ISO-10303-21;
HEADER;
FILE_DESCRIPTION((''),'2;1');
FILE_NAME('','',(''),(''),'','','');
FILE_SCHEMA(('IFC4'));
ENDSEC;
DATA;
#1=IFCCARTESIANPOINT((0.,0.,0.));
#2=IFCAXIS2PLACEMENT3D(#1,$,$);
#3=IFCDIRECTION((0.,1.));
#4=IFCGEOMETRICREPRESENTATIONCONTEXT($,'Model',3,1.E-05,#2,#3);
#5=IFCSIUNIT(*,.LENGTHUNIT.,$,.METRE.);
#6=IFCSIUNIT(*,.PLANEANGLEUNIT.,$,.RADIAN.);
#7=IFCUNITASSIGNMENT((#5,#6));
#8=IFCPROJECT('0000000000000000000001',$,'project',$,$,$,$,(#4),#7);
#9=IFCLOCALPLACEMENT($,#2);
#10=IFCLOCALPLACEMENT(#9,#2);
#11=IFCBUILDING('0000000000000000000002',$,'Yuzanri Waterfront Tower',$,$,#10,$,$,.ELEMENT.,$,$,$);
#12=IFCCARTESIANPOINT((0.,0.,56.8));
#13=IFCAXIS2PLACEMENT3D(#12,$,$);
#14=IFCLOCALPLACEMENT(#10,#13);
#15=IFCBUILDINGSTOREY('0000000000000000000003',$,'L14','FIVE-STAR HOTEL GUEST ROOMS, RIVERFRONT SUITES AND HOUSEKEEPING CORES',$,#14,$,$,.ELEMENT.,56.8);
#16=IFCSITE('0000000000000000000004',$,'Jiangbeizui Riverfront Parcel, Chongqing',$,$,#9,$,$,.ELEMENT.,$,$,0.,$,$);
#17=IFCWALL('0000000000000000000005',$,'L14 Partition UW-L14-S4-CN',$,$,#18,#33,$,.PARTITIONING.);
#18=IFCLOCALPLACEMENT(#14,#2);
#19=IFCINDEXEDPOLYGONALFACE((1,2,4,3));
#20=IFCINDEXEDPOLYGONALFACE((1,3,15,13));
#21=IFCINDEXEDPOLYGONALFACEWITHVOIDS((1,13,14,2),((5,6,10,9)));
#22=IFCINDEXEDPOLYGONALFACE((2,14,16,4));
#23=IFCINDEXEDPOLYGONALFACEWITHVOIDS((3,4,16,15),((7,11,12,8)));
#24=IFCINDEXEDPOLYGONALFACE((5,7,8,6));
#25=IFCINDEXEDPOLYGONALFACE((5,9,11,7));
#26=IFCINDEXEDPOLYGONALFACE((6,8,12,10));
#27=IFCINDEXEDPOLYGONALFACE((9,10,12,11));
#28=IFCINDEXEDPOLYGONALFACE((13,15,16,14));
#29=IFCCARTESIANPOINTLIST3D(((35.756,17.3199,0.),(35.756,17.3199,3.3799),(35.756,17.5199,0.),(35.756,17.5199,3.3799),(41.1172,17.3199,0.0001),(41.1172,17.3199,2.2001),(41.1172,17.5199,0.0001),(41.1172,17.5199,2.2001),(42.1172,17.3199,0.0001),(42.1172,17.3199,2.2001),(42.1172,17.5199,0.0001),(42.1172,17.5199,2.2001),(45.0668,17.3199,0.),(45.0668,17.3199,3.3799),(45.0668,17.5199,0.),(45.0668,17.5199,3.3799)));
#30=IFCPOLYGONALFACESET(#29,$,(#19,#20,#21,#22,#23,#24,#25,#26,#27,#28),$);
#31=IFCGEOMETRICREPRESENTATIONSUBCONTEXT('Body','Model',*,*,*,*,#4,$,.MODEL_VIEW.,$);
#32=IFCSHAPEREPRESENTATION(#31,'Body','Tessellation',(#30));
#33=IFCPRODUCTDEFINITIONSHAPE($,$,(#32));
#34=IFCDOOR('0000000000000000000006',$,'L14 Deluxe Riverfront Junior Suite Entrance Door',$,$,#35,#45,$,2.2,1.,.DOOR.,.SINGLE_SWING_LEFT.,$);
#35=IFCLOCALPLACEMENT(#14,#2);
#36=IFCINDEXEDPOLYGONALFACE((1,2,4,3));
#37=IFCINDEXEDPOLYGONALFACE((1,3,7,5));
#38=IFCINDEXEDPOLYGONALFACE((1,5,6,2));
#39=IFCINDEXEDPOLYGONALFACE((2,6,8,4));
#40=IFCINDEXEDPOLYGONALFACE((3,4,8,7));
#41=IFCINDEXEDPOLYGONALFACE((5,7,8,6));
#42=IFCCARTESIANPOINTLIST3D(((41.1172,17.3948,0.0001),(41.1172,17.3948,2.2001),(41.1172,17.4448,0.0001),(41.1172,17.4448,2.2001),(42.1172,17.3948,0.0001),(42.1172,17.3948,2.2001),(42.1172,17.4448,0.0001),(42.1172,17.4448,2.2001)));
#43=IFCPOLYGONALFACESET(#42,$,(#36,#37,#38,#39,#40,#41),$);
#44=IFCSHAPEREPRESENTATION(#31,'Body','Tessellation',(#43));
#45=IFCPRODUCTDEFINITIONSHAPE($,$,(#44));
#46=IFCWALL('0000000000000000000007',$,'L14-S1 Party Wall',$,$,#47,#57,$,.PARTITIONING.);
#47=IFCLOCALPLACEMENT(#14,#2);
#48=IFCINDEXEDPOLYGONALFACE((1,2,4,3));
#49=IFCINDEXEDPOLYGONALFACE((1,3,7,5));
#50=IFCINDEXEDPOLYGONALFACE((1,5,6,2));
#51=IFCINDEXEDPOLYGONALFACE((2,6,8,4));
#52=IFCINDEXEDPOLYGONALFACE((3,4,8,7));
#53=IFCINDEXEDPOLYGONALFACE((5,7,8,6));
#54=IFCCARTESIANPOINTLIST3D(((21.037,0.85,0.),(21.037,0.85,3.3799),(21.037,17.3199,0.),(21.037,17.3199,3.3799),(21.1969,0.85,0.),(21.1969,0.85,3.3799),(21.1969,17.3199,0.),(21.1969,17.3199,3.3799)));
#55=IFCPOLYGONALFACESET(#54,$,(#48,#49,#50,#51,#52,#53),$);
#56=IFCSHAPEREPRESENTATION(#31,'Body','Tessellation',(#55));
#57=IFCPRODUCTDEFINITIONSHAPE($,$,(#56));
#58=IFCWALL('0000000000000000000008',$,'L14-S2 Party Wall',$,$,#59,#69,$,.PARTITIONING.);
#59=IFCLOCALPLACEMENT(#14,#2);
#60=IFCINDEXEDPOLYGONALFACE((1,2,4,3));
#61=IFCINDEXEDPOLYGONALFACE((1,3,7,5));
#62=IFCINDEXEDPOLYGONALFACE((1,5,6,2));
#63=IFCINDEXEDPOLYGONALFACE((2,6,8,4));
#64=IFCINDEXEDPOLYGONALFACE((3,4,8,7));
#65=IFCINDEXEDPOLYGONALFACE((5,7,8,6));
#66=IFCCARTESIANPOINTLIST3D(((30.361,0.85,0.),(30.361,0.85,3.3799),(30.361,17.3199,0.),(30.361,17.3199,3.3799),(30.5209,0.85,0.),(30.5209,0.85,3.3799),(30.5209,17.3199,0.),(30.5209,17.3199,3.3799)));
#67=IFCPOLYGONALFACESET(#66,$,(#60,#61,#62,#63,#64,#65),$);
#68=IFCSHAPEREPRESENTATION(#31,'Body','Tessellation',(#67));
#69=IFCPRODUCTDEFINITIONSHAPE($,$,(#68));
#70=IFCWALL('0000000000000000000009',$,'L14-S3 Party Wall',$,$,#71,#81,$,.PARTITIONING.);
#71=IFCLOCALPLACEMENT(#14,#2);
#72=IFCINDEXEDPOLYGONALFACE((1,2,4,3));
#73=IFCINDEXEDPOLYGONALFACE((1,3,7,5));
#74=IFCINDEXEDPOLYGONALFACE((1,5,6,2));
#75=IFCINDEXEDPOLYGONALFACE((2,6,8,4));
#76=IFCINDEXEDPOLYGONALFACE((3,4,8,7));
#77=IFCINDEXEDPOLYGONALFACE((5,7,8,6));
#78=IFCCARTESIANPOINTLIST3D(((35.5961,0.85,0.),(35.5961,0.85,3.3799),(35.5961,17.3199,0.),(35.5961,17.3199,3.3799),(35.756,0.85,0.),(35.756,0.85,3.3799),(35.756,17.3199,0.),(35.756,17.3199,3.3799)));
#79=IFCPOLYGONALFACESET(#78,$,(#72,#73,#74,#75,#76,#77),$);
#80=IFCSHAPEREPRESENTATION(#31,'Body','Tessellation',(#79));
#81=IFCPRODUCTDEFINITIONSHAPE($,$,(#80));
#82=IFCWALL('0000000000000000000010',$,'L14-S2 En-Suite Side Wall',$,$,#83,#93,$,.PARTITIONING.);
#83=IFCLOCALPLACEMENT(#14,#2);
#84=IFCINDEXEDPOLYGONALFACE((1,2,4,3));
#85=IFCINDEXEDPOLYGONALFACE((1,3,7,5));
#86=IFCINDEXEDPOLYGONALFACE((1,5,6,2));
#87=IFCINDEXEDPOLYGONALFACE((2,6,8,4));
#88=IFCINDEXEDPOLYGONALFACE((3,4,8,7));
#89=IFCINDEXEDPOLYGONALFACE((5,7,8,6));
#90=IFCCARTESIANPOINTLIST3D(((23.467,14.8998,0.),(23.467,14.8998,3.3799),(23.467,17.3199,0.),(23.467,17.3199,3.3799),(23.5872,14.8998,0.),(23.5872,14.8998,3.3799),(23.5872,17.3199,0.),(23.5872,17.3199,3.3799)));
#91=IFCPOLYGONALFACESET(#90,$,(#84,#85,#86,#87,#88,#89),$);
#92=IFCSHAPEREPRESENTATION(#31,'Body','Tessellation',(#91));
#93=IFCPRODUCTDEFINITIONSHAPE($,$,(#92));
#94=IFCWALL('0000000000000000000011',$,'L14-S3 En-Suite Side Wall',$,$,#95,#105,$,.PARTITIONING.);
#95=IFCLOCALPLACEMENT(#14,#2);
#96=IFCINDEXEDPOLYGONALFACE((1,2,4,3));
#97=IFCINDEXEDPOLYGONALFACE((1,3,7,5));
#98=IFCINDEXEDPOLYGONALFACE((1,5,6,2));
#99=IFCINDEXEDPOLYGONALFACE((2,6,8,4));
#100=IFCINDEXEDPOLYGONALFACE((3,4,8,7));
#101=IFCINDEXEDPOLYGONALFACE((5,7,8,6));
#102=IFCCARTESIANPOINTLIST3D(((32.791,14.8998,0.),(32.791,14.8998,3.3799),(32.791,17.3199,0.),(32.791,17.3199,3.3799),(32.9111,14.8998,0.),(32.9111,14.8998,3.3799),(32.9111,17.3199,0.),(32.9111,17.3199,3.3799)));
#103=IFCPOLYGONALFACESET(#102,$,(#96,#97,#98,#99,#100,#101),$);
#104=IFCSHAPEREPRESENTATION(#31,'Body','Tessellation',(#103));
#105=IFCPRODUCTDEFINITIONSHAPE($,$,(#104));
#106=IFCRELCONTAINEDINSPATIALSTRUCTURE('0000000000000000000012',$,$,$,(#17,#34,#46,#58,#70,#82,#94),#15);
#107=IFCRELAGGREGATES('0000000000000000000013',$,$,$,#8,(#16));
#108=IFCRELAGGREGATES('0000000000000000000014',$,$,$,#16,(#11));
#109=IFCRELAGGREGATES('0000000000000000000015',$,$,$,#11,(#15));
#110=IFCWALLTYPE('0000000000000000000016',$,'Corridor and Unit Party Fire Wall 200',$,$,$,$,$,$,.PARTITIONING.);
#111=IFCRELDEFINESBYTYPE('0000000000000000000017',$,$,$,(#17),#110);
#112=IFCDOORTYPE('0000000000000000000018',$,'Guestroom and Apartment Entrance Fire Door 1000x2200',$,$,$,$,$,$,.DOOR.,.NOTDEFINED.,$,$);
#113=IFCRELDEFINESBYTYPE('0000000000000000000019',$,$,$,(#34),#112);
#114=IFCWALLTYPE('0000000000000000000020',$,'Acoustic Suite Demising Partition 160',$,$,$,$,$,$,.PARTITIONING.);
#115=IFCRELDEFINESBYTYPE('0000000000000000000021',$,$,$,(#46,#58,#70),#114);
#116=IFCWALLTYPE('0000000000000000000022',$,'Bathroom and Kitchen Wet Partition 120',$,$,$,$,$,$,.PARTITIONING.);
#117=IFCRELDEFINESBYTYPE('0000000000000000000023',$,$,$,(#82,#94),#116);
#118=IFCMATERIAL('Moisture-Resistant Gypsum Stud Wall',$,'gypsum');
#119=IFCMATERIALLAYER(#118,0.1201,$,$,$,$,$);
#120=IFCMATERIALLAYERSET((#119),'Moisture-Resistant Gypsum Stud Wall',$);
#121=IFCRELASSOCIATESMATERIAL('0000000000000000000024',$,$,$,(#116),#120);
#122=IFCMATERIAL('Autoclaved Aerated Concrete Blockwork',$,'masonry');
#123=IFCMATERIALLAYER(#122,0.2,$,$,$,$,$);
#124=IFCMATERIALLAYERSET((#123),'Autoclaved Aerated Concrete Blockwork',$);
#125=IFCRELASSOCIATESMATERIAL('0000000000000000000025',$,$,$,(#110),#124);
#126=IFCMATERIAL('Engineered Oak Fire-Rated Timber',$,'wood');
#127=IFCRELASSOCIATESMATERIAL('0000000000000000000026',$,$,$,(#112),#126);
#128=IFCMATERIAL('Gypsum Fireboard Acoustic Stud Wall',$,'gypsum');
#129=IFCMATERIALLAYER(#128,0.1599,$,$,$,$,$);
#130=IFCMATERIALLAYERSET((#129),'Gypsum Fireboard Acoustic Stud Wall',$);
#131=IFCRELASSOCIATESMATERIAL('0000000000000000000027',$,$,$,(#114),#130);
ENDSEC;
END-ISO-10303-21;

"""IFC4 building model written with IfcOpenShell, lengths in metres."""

from ifc_helpers import new_model, si_unit, direction, frame, frame_2d, origin, place, context, subcontext, project, spatial, rectangle, extrude, source, transform, mapped, material, layer, layer_set, type_object, element, fill, save


model = new_model("IFC4")

# Units and contexts
model_context = context("Model", 3, precision=1e-05, world=origin(), true_north=direction((0.0, 1.0)))
body_context = subcontext(model_context, "Body", "Model", "MODEL_VIEW")
ifc_project = project(units=[si_unit("LENGTHUNIT", "METRE"), si_unit("PLANEANGLEUNIT", "RADIAN")], contexts=[model_context])

# Site, building, storey
site_placement = place(None, origin())
site = spatial("IfcSite", under=ifc_project, at=site_placement, Name="Jiangbeizui Riverfront Parcel, Chongqing", CompositionType="ELEMENT", RefElevation=0.0)
building_placement = place(site_placement, origin())
building = spatial("IfcBuilding", under=site, at=building_placement, Name="Yuzanri Waterfront Tower", CompositionType="ELEMENT")
storey_placement = place(building_placement, frame((0.0, 0.0, 56.8)))
storey = spatial("IfcBuildingStorey", under=building, at=storey_placement, Name="L14", Description="FIVE-STAR HOTEL GUEST ROOMS, RIVERFRONT SUITES AND HOUSEKEEPING CORES", CompositionType="ELEMENT", Elevation=56.8)

# Wall, opening, door
ifc_material_1 = material(Name="Moisture-Resistant Gypsum Stud Wall", Category="gypsum")
ifc_layer_1 = layer(ifc_material_1, 0.1201)
ifc_layer_set_1 = layer_set([ifc_layer_1], Name="Moisture-Resistant Gypsum Stud Wall")
wall_type_1 = type_object("IfcWallType", Name="Bathroom and Kitchen Wet Partition 120", PredefinedType="PARTITIONING", material=ifc_layer_set_1)
ifc_material_2 = material(Name="Autoclaved Aerated Concrete Blockwork", Category="masonry")
ifc_layer_2 = layer(ifc_material_2, 0.2)
ifc_layer_set_2 = layer_set([ifc_layer_2], Name="Autoclaved Aerated Concrete Blockwork")
wall_type_2 = type_object("IfcWallType", Name="Corridor and Unit Party Fire Wall 200", PredefinedType="PARTITIONING", material=ifc_layer_set_2)
ifc_material_3 = material(Name="Engineered Oak Fire-Rated Timber", Category="wood")
door_type_1 = type_object("IfcDoorType", Name="Guestroom and Apartment Entrance Fire Door 1000x2200", OperationType="NOTDEFINED", PredefinedType="DOOR", material=ifc_material_3)
shared_shape_1 = source(origin(), body_context, "Body", "SweptSolid", [
    extrude(rectangle(XDim=1.0, YDim=2.2, at=frame_2d((0.5, 1.1001))), frame((0.0, 0.0249, 0.0), z_axis=(0.0, -1.0, 0.0), x_axis=(1.0, 0.0, 0.0)), (0.0, 0.0, 1.0), 0.05),
])
wall_1_placement = place(storey_placement, frame((35.7561, 17.4199, 0.0), z_axis=(0.0, 0.0, 1.0), x_axis=(1.0, 0.0, 0.0)))
wall_1 = element("IfcWall", 1, at=wall_1_placement, inside=storey, type_object=wall_type_2, Name="L14 Partition UW-L14-S4-CN", PredefinedType="PARTITIONING", context=body_context, shape_type="SweptSolid", body=[
    extrude(rectangle(XDim=9.3108, YDim=0.2, at=frame_2d((4.6553, 0.0))), origin(), (0.0, 0.0, 1.0), 3.3799),
])
opening_1_placement = place(wall_1_placement, frame((5.3611, 0.0, 0.0)))
opening_1 = element("IfcOpeningElement", 2, at=opening_1_placement, cuts=wall_1, PredefinedType="OPENING", context=body_context, shape_type="SweptSolid", body=[
    extrude(rectangle(XDim=1.0, YDim=2.2, at=frame_2d((0.5, 1.1001))), frame((0.0, 0.1147, 0.0), z_axis=(0.0, -1.0, 0.0), x_axis=(1.0, 0.0, 0.0)), (0.0, 0.0, 1.0), 0.2297),
])
door_1_placement = place(opening_1_placement, origin())
door_1 = element("IfcDoor", 3, at=door_1_placement, inside=storey, type_object=door_type_1, Name="L14 Deluxe Riverfront Junior Suite Entrance Door", OperationType="SINGLE_SWING_LEFT", OverallHeight=2.2, OverallWidth=1.0, PredefinedType="DOOR", context=body_context, shape_type="MappedRepresentation", body=[
    mapped(shared_shape_1, transform((0.0, 0.0, 0.0), scale=1.0)),
])
fill(opening_1, door_1)

# Walls
ifc_material_4 = material(Name="Gypsum Fireboard Acoustic Stud Wall", Category="gypsum")
ifc_layer_3 = layer(ifc_material_4, 0.1599)
ifc_layer_set_3 = layer_set([ifc_layer_3], Name="Gypsum Fireboard Acoustic Stud Wall")
wall_type_3 = type_object("IfcWallType", Name="Acoustic Suite Demising Partition 160", PredefinedType="PARTITIONING", material=ifc_layer_set_3)
shared_shape_2 = source(origin(), body_context, "Body", "SweptSolid", [
    extrude(rectangle(XDim=16.47, YDim=0.1599, at=frame_2d((8.2349, 0.0))), origin(), (0.0, 0.0, 1.0), 3.3799),
])
for number, where, z_axis, x_axis, name in (
    (4, (21.1169, 0.8501, 0.0), (0.0, 0.0, 1.0), (0.0, 1.0, 0.0), "L14-S1 Party Wall"),
    (5, (30.4409, 0.8501, 0.0), (0.0, 0.0, 1.0), (0.0, 1.0, 0.0), "L14-S2 Party Wall"),
    (6, (35.676, 0.8501, 0.0), (0.0, 0.0, 1.0), (0.0, 1.0, 0.0), "L14-S3 Party Wall"),
):
    element("IfcWall", number, at=place(storey_placement, frame(where, z_axis=z_axis, x_axis=x_axis)), inside=storey, type_object=wall_type_3, Name=name, PredefinedType="PARTITIONING", context=body_context, shape_type="MappedRepresentation", body=[
        mapped(shared_shape_2, transform((0.0, 0.0, 0.0), scale=1.0)),
    ])
shared_shape_3 = source(origin(), body_context, "Body", "SweptSolid", [
    extrude(rectangle(XDim=2.4202, YDim=0.1201, at=frame_2d((1.21, 0.0))), origin(), (0.0, 0.0, 1.0), 3.3799),
])
for number, where, z_axis, x_axis, name in (
    (7, (23.5271, 14.8999, 0.0), (0.0, 0.0, 1.0), (0.0, 1.0, 0.0), "L14-S2 En-Suite Side Wall"),
    (8, (32.8511, 14.8999, 0.0), (0.0, 0.0, 1.0), (0.0, 1.0, 0.0), "L14-S3 En-Suite Side Wall"),
):
    element("IfcWall", number, at=place(storey_placement, frame(where, z_axis=z_axis, x_axis=x_axis)), inside=storey, type_object=wall_type_1, Name=name, PredefinedType="PARTITIONING", context=body_context, shape_type="MappedRepresentation", body=[
        mapped(shared_shape_3, transform((0.0, 0.0, 0.0), scale=1.0)),
    ])

save(model, "model.ifc")
